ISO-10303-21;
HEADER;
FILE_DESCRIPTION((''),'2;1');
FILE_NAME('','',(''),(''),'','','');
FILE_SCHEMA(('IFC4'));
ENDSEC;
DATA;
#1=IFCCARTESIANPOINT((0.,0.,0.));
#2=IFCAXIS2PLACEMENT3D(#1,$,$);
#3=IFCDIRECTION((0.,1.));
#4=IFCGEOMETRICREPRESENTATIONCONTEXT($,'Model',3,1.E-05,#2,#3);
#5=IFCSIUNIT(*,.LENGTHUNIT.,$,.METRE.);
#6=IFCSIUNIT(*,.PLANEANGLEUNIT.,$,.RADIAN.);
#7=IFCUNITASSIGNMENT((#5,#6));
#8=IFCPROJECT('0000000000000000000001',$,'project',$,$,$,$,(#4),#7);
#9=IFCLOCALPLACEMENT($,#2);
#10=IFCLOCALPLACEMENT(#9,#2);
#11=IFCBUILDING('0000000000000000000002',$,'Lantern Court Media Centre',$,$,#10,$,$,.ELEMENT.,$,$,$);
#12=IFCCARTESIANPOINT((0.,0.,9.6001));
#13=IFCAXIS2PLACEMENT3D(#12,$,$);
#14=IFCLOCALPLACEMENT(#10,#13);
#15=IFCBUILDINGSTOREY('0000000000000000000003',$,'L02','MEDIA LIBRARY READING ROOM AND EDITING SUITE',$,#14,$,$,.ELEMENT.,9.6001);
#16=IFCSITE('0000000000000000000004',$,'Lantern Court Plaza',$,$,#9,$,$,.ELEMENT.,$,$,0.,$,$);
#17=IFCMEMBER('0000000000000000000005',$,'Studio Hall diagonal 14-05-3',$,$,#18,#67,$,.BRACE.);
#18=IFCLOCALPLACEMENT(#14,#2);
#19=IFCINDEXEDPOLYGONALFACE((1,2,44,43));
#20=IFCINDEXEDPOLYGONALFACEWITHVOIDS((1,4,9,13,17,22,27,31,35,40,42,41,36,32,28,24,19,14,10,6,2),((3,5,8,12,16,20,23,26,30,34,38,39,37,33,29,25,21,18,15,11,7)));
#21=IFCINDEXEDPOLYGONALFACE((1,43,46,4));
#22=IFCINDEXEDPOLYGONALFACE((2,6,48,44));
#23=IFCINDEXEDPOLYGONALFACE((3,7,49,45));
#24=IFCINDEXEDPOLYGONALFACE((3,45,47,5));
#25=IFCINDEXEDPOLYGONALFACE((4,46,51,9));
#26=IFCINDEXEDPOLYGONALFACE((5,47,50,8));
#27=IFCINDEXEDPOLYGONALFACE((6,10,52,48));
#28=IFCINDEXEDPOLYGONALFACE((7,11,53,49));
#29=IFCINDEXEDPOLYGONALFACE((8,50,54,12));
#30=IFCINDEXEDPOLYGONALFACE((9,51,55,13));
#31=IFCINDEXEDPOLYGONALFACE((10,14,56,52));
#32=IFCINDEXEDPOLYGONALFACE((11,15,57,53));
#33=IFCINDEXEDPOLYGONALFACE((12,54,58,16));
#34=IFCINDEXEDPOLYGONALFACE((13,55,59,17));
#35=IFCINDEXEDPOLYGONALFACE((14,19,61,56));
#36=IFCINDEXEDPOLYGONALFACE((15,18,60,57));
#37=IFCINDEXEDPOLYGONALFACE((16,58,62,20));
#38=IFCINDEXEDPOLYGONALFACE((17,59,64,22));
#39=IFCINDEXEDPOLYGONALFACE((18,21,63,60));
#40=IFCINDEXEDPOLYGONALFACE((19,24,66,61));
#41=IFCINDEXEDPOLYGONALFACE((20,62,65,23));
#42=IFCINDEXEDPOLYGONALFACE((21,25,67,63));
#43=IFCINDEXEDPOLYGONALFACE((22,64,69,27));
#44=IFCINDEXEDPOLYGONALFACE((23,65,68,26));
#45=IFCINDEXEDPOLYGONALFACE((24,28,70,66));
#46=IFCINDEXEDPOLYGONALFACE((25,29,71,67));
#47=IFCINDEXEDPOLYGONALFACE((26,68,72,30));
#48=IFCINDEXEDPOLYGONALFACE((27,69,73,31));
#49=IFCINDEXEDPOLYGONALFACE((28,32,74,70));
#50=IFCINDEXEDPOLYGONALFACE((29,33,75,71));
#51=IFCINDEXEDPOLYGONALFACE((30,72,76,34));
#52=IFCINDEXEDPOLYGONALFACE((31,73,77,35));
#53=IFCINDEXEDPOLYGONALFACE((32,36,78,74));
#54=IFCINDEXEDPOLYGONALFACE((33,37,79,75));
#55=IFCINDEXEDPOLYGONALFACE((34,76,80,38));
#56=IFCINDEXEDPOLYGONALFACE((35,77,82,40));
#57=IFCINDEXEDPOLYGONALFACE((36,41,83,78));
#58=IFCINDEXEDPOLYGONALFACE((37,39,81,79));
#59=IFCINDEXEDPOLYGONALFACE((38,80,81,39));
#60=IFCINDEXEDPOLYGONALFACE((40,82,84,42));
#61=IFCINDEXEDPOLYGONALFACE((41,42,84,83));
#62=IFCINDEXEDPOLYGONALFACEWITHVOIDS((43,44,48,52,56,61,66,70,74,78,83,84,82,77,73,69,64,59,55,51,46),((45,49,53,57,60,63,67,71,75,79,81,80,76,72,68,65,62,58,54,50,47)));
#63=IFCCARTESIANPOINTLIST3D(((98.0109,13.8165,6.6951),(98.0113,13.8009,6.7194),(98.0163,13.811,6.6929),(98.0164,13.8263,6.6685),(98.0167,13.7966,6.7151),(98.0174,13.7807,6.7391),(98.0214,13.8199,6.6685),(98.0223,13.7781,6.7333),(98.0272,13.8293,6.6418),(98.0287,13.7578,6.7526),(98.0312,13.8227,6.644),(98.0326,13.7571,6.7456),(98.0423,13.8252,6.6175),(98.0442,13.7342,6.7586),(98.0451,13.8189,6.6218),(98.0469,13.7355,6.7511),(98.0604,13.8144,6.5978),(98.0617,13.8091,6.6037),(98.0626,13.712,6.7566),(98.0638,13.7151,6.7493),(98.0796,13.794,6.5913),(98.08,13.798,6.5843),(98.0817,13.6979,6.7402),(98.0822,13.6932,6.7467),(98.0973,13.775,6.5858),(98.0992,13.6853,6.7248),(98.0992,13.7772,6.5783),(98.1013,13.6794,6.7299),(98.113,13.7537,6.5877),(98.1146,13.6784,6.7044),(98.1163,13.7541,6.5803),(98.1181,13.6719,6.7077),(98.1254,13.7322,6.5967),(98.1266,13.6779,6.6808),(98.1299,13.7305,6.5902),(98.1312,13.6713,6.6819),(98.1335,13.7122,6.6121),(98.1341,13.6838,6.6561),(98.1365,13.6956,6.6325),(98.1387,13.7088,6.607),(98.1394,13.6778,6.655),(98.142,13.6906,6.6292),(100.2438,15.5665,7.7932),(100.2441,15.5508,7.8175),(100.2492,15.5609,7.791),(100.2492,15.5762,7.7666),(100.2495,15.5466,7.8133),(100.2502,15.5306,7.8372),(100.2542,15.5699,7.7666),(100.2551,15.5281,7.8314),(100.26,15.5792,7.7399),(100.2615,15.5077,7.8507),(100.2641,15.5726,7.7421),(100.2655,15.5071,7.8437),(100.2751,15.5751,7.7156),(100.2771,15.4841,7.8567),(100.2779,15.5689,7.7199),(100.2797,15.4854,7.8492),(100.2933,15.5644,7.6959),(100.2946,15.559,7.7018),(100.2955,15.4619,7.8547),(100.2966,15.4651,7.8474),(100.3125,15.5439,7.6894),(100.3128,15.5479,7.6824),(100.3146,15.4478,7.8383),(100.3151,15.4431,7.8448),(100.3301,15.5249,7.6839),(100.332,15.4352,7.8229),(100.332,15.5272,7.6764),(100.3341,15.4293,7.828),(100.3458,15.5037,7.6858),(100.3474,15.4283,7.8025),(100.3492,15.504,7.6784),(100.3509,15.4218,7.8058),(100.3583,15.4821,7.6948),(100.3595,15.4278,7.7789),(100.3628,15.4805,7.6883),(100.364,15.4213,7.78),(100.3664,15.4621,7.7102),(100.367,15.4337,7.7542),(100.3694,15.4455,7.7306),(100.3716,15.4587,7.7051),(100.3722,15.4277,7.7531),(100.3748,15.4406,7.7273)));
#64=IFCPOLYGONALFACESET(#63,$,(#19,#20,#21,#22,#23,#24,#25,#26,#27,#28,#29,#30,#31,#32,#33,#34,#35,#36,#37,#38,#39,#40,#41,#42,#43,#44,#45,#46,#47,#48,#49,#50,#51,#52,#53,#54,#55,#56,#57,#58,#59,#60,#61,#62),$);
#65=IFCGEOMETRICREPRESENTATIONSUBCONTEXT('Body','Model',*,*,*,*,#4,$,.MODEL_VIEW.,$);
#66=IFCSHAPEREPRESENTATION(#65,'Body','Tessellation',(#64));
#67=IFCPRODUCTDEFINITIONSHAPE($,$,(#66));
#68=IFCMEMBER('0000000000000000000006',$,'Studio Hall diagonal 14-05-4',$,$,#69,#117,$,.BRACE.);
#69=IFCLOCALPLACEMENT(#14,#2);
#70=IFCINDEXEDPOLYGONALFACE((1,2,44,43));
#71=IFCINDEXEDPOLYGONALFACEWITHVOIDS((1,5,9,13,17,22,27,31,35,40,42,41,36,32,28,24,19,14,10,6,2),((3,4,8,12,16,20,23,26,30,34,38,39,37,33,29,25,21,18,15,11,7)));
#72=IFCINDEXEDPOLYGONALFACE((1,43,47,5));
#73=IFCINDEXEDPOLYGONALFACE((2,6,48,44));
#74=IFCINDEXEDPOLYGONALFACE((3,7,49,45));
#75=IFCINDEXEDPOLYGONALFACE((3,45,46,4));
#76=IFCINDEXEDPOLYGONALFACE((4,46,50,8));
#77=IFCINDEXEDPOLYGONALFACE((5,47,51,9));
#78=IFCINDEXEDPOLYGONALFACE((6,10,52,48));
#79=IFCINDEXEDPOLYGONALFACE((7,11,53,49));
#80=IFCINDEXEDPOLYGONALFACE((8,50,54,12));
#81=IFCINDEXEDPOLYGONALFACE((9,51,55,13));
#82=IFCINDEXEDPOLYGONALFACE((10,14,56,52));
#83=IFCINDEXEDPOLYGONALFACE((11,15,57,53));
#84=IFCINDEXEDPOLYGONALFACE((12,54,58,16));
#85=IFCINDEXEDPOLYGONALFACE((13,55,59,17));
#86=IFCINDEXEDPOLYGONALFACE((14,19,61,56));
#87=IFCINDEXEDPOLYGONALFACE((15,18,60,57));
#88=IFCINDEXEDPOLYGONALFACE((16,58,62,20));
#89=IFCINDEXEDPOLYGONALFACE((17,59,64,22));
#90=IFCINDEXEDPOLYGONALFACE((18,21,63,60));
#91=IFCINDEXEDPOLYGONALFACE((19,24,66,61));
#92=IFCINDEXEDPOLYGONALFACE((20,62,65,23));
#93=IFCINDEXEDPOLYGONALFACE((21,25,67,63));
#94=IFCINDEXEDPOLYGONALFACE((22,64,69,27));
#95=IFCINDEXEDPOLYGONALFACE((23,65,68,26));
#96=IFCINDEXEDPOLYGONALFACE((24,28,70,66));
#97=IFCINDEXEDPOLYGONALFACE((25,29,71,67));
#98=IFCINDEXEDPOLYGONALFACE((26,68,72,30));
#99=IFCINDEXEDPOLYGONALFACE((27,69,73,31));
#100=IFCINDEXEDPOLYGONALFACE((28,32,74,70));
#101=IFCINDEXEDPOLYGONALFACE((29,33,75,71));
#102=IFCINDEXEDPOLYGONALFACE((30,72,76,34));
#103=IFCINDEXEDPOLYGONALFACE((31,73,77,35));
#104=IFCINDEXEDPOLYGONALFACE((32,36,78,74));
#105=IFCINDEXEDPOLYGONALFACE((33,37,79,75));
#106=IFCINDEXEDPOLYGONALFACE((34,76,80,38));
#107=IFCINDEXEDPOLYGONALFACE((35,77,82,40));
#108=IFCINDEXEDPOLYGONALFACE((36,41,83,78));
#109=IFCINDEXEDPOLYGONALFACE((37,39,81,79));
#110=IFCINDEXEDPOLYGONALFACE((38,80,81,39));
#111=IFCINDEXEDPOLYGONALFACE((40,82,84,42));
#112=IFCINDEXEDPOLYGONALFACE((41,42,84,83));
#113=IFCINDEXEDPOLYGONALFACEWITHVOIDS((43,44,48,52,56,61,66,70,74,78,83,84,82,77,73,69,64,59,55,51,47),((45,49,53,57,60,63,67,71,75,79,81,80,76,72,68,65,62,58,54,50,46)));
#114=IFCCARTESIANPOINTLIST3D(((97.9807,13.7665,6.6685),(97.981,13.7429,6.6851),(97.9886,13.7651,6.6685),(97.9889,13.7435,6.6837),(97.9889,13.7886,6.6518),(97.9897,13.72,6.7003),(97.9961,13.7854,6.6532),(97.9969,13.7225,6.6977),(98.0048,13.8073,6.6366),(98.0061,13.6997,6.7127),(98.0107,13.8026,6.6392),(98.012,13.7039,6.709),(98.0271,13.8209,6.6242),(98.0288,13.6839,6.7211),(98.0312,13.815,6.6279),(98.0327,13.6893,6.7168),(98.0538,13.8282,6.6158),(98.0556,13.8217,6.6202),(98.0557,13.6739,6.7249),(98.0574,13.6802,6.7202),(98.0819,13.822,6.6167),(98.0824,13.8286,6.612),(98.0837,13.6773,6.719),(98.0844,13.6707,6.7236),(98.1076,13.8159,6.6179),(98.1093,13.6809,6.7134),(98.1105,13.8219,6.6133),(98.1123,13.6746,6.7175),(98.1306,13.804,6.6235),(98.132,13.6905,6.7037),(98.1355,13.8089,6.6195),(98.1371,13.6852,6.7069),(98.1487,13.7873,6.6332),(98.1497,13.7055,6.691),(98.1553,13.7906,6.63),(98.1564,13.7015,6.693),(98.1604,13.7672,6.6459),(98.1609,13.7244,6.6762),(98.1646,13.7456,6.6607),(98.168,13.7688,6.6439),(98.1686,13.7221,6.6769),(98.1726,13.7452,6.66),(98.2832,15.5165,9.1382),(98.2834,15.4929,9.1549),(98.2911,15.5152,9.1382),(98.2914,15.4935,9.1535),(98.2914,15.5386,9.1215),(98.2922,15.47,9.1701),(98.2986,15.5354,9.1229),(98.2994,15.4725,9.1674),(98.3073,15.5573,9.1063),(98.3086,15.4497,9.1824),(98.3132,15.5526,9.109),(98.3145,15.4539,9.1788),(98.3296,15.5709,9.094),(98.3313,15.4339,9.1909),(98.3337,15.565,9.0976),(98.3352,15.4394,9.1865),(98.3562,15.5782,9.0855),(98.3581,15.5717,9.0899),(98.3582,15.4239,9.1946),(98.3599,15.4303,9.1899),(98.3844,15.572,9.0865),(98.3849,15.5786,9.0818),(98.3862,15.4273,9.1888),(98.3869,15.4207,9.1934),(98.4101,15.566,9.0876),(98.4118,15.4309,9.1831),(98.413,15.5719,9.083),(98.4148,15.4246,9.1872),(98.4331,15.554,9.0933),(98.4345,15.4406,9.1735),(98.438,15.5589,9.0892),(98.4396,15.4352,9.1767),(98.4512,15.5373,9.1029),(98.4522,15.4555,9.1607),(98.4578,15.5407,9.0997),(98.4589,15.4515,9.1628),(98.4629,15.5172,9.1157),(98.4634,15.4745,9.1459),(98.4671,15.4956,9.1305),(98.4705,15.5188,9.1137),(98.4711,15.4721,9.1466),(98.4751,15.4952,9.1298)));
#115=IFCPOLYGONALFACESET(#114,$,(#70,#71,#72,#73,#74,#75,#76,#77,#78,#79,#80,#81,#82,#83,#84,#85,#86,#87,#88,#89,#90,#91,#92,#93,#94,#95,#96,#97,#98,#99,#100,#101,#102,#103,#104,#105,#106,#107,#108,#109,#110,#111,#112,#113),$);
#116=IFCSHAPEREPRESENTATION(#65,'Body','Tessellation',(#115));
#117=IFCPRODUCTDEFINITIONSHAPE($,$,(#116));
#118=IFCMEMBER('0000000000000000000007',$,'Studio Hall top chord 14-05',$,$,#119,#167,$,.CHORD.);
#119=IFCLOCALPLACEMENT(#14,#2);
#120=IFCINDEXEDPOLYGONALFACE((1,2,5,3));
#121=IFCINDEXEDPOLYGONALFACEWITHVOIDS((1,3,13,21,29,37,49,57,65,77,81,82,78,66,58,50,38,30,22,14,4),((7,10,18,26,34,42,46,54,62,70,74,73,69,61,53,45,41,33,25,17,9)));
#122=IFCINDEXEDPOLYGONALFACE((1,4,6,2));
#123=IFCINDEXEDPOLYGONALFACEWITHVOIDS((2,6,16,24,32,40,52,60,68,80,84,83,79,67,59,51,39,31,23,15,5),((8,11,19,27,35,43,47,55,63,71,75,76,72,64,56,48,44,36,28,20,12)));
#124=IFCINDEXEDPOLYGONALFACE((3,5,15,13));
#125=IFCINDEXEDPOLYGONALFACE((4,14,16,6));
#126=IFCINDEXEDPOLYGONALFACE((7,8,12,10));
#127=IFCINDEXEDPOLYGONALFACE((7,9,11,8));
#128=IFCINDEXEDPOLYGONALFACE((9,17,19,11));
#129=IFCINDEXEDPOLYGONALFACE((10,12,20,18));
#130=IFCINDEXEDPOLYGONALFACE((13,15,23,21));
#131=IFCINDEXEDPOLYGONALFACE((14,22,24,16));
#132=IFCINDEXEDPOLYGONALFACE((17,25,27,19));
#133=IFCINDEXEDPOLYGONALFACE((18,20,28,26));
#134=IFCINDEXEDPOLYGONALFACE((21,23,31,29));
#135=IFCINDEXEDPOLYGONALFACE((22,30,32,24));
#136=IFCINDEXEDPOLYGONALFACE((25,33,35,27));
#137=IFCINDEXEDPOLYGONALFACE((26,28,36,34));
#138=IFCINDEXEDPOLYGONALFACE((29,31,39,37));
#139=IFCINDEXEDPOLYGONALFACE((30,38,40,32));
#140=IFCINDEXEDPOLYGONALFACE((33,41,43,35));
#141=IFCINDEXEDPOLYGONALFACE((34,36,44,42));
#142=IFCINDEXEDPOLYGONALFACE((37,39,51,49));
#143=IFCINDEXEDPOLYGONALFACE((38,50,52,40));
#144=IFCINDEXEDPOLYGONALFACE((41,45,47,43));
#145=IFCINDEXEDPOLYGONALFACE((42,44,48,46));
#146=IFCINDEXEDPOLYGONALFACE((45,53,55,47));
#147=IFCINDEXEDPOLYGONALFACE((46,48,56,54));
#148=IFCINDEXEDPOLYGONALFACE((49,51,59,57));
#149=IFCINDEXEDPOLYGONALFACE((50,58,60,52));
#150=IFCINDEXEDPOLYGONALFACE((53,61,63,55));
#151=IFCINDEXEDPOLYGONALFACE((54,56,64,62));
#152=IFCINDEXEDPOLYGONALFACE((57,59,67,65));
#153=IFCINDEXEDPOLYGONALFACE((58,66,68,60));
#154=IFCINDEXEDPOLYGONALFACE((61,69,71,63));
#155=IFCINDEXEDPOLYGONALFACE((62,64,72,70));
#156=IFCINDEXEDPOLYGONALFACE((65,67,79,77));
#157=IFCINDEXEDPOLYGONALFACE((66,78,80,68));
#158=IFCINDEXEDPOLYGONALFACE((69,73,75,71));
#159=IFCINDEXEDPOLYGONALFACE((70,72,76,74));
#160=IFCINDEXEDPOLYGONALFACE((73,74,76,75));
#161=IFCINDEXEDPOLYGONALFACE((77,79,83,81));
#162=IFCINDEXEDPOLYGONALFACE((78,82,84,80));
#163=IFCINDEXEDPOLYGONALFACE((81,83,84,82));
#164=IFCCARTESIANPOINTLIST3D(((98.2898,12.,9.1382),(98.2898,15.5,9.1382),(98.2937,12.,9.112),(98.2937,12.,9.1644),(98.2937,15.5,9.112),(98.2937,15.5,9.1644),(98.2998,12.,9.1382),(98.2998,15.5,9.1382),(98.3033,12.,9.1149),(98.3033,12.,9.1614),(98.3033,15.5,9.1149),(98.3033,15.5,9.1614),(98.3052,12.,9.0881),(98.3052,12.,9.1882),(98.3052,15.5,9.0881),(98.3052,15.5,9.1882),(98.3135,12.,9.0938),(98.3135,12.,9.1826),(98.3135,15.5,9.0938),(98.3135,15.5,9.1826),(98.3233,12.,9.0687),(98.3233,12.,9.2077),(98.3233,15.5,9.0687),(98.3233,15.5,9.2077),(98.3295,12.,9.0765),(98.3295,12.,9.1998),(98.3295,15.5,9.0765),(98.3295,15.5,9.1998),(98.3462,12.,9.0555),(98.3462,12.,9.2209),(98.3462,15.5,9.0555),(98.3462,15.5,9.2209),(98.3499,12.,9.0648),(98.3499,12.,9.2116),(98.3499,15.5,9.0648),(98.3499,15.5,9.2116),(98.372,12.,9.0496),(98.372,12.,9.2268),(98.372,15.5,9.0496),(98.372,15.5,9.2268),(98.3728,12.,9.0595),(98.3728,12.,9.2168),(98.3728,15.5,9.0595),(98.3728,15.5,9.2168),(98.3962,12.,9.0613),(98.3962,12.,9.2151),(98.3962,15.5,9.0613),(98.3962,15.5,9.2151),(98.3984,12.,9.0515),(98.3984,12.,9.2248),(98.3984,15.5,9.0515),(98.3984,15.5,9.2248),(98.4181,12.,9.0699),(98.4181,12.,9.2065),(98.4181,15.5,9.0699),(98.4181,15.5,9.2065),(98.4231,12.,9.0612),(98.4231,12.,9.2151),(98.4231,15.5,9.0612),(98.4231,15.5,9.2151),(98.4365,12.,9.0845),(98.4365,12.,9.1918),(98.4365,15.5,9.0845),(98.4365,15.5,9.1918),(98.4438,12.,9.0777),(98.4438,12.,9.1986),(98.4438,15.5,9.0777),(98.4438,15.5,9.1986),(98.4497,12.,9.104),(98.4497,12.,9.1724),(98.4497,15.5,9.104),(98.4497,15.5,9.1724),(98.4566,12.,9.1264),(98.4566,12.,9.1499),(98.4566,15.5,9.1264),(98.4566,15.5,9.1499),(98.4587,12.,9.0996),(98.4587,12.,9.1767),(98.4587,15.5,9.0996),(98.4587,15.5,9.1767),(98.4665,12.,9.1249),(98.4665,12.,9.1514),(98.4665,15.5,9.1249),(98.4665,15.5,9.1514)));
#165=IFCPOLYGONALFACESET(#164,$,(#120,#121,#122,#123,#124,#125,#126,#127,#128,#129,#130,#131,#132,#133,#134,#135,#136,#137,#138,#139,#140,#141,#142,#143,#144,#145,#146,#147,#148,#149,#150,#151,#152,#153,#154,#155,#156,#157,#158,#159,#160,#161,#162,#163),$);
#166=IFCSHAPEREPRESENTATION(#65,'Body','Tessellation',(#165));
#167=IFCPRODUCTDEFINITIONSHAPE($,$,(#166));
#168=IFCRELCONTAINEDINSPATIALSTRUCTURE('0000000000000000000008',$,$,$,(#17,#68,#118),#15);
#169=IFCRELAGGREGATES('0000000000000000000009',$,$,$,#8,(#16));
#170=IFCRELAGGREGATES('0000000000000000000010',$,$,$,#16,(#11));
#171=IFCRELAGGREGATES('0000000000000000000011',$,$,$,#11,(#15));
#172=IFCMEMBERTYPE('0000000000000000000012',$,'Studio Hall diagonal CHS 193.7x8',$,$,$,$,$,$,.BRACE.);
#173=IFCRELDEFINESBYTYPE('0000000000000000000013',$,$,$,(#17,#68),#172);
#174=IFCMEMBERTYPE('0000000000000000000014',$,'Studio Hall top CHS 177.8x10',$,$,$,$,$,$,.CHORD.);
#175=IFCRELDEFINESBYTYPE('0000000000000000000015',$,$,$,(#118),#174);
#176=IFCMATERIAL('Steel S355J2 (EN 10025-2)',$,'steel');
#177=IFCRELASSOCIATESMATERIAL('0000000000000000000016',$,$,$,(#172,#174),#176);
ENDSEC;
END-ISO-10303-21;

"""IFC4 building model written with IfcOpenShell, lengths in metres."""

from ifc_helpers import new_model, si_unit, direction, frame, origin, origin_2d, place, context, subcontext, project, spatial, hollow_circle, extrude, material, material_profile, profile_set, type_object, element, save


model = new_model("IFC4")

# Units and contexts
model_context = context("Model", 3, precision=1e-05, world=origin(), true_north=direction((0.0, 1.0)))
body_context = subcontext(model_context, "Body", "Model", "MODEL_VIEW")
ifc_project = project(units=[si_unit("LENGTHUNIT", "METRE"), si_unit("PLANEANGLEUNIT", "RADIAN")], contexts=[model_context])

# Site, building, storey
site_placement = place(None, origin())
site = spatial("IfcSite", under=ifc_project, at=site_placement, Name="Lantern Court Plaza", CompositionType="ELEMENT", RefElevation=0.0)
building_placement = place(site_placement, origin())
building = spatial("IfcBuilding", under=site, at=building_placement, Name="Lantern Court Media Centre", CompositionType="ELEMENT")
storey_placement = place(building_placement, frame((0.0, 0.0, 9.6001)))
storey = spatial("IfcBuildingStorey", under=building, at=storey_placement, Name="L02", Description="MEDIA LIBRARY READING ROOM AND EDITING SUITE", CompositionType="ELEMENT", Elevation=9.6001)

# Members
ifc_material = material(Name="Steel S355J2 (EN 10025-2)", Category="steel")
ifc_material_profile_1 = material_profile(ifc_material, hollow_circle(Radius=0.0969, WallThickness=0.0081, at=origin_2d()), Name="Studio Hall diagonal CHS 193.7x8")
ifc_profile_set_1 = profile_set([ifc_material_profile_1], Name="Steel S355J2 (EN 10025-2)")
member_type_1 = type_object("IfcMemberType", Name="Studio Hall diagonal CHS 193.7x8", PredefinedType="BRACE", material=ifc_profile_set_1)
for number, where, z_axis, x_axis, name in (
    (1, (98.0762, 13.75, 6.6685), (0.734005, 0.575262, 0.360984), (-0.616856, 0.787076, 0.0), "Studio Hall diagonal 14-05-3"),
    (2, (98.0762, 13.75, 6.6685), (0.099439, 0.575286, 0.811885), (-0.985388, 0.170326, 0.0), "Studio Hall diagonal 14-05-4"),
):
    element("IfcMember", number, at=place(storey_placement, frame(where, z_axis=z_axis, x_axis=x_axis)), inside=storey, type_object=member_type_1, Name=name, PredefinedType="BRACE", context=body_context, shape_type="SweptSolid", body=[
        extrude(hollow_circle(Radius=0.0969, WallThickness=0.0081, at=origin_2d()), origin(), (0.0, 0.0, 1.0), 3.042),
    ])
ifc_material_profile_2 = material_profile(ifc_material, hollow_circle(Radius=0.0889, WallThickness=0.01, at=origin_2d()), Name="Studio Hall top CHS 177.8x10")
ifc_profile_set_2 = profile_set([ifc_material_profile_2], Name="Steel S355J2 (EN 10025-2)")
member_type_2 = type_object("IfcMemberType", Name="Studio Hall top CHS 177.8x10", PredefinedType="CHORD", material=ifc_profile_set_2)
for number, where, z_axis, x_axis, name in (
    (3, (98.3787, 12.0, 9.1382), (0.0, 1.0, 0.0), (-1.0, 0.0, 0.0), "Studio Hall top chord 14-05"),
):
    element("IfcMember", number, at=place(storey_placement, frame(where, z_axis=z_axis, x_axis=x_axis)), inside=storey, type_object=member_type_2, Name=name, PredefinedType="CHORD", context=body_context, shape_type="SweptSolid", body=[
        extrude(hollow_circle(Radius=0.0889, WallThickness=0.01, at=origin_2d()), origin(), (0.0, 0.0, 1.0), 3.5),
    ])

save(model, "model.ifc")
